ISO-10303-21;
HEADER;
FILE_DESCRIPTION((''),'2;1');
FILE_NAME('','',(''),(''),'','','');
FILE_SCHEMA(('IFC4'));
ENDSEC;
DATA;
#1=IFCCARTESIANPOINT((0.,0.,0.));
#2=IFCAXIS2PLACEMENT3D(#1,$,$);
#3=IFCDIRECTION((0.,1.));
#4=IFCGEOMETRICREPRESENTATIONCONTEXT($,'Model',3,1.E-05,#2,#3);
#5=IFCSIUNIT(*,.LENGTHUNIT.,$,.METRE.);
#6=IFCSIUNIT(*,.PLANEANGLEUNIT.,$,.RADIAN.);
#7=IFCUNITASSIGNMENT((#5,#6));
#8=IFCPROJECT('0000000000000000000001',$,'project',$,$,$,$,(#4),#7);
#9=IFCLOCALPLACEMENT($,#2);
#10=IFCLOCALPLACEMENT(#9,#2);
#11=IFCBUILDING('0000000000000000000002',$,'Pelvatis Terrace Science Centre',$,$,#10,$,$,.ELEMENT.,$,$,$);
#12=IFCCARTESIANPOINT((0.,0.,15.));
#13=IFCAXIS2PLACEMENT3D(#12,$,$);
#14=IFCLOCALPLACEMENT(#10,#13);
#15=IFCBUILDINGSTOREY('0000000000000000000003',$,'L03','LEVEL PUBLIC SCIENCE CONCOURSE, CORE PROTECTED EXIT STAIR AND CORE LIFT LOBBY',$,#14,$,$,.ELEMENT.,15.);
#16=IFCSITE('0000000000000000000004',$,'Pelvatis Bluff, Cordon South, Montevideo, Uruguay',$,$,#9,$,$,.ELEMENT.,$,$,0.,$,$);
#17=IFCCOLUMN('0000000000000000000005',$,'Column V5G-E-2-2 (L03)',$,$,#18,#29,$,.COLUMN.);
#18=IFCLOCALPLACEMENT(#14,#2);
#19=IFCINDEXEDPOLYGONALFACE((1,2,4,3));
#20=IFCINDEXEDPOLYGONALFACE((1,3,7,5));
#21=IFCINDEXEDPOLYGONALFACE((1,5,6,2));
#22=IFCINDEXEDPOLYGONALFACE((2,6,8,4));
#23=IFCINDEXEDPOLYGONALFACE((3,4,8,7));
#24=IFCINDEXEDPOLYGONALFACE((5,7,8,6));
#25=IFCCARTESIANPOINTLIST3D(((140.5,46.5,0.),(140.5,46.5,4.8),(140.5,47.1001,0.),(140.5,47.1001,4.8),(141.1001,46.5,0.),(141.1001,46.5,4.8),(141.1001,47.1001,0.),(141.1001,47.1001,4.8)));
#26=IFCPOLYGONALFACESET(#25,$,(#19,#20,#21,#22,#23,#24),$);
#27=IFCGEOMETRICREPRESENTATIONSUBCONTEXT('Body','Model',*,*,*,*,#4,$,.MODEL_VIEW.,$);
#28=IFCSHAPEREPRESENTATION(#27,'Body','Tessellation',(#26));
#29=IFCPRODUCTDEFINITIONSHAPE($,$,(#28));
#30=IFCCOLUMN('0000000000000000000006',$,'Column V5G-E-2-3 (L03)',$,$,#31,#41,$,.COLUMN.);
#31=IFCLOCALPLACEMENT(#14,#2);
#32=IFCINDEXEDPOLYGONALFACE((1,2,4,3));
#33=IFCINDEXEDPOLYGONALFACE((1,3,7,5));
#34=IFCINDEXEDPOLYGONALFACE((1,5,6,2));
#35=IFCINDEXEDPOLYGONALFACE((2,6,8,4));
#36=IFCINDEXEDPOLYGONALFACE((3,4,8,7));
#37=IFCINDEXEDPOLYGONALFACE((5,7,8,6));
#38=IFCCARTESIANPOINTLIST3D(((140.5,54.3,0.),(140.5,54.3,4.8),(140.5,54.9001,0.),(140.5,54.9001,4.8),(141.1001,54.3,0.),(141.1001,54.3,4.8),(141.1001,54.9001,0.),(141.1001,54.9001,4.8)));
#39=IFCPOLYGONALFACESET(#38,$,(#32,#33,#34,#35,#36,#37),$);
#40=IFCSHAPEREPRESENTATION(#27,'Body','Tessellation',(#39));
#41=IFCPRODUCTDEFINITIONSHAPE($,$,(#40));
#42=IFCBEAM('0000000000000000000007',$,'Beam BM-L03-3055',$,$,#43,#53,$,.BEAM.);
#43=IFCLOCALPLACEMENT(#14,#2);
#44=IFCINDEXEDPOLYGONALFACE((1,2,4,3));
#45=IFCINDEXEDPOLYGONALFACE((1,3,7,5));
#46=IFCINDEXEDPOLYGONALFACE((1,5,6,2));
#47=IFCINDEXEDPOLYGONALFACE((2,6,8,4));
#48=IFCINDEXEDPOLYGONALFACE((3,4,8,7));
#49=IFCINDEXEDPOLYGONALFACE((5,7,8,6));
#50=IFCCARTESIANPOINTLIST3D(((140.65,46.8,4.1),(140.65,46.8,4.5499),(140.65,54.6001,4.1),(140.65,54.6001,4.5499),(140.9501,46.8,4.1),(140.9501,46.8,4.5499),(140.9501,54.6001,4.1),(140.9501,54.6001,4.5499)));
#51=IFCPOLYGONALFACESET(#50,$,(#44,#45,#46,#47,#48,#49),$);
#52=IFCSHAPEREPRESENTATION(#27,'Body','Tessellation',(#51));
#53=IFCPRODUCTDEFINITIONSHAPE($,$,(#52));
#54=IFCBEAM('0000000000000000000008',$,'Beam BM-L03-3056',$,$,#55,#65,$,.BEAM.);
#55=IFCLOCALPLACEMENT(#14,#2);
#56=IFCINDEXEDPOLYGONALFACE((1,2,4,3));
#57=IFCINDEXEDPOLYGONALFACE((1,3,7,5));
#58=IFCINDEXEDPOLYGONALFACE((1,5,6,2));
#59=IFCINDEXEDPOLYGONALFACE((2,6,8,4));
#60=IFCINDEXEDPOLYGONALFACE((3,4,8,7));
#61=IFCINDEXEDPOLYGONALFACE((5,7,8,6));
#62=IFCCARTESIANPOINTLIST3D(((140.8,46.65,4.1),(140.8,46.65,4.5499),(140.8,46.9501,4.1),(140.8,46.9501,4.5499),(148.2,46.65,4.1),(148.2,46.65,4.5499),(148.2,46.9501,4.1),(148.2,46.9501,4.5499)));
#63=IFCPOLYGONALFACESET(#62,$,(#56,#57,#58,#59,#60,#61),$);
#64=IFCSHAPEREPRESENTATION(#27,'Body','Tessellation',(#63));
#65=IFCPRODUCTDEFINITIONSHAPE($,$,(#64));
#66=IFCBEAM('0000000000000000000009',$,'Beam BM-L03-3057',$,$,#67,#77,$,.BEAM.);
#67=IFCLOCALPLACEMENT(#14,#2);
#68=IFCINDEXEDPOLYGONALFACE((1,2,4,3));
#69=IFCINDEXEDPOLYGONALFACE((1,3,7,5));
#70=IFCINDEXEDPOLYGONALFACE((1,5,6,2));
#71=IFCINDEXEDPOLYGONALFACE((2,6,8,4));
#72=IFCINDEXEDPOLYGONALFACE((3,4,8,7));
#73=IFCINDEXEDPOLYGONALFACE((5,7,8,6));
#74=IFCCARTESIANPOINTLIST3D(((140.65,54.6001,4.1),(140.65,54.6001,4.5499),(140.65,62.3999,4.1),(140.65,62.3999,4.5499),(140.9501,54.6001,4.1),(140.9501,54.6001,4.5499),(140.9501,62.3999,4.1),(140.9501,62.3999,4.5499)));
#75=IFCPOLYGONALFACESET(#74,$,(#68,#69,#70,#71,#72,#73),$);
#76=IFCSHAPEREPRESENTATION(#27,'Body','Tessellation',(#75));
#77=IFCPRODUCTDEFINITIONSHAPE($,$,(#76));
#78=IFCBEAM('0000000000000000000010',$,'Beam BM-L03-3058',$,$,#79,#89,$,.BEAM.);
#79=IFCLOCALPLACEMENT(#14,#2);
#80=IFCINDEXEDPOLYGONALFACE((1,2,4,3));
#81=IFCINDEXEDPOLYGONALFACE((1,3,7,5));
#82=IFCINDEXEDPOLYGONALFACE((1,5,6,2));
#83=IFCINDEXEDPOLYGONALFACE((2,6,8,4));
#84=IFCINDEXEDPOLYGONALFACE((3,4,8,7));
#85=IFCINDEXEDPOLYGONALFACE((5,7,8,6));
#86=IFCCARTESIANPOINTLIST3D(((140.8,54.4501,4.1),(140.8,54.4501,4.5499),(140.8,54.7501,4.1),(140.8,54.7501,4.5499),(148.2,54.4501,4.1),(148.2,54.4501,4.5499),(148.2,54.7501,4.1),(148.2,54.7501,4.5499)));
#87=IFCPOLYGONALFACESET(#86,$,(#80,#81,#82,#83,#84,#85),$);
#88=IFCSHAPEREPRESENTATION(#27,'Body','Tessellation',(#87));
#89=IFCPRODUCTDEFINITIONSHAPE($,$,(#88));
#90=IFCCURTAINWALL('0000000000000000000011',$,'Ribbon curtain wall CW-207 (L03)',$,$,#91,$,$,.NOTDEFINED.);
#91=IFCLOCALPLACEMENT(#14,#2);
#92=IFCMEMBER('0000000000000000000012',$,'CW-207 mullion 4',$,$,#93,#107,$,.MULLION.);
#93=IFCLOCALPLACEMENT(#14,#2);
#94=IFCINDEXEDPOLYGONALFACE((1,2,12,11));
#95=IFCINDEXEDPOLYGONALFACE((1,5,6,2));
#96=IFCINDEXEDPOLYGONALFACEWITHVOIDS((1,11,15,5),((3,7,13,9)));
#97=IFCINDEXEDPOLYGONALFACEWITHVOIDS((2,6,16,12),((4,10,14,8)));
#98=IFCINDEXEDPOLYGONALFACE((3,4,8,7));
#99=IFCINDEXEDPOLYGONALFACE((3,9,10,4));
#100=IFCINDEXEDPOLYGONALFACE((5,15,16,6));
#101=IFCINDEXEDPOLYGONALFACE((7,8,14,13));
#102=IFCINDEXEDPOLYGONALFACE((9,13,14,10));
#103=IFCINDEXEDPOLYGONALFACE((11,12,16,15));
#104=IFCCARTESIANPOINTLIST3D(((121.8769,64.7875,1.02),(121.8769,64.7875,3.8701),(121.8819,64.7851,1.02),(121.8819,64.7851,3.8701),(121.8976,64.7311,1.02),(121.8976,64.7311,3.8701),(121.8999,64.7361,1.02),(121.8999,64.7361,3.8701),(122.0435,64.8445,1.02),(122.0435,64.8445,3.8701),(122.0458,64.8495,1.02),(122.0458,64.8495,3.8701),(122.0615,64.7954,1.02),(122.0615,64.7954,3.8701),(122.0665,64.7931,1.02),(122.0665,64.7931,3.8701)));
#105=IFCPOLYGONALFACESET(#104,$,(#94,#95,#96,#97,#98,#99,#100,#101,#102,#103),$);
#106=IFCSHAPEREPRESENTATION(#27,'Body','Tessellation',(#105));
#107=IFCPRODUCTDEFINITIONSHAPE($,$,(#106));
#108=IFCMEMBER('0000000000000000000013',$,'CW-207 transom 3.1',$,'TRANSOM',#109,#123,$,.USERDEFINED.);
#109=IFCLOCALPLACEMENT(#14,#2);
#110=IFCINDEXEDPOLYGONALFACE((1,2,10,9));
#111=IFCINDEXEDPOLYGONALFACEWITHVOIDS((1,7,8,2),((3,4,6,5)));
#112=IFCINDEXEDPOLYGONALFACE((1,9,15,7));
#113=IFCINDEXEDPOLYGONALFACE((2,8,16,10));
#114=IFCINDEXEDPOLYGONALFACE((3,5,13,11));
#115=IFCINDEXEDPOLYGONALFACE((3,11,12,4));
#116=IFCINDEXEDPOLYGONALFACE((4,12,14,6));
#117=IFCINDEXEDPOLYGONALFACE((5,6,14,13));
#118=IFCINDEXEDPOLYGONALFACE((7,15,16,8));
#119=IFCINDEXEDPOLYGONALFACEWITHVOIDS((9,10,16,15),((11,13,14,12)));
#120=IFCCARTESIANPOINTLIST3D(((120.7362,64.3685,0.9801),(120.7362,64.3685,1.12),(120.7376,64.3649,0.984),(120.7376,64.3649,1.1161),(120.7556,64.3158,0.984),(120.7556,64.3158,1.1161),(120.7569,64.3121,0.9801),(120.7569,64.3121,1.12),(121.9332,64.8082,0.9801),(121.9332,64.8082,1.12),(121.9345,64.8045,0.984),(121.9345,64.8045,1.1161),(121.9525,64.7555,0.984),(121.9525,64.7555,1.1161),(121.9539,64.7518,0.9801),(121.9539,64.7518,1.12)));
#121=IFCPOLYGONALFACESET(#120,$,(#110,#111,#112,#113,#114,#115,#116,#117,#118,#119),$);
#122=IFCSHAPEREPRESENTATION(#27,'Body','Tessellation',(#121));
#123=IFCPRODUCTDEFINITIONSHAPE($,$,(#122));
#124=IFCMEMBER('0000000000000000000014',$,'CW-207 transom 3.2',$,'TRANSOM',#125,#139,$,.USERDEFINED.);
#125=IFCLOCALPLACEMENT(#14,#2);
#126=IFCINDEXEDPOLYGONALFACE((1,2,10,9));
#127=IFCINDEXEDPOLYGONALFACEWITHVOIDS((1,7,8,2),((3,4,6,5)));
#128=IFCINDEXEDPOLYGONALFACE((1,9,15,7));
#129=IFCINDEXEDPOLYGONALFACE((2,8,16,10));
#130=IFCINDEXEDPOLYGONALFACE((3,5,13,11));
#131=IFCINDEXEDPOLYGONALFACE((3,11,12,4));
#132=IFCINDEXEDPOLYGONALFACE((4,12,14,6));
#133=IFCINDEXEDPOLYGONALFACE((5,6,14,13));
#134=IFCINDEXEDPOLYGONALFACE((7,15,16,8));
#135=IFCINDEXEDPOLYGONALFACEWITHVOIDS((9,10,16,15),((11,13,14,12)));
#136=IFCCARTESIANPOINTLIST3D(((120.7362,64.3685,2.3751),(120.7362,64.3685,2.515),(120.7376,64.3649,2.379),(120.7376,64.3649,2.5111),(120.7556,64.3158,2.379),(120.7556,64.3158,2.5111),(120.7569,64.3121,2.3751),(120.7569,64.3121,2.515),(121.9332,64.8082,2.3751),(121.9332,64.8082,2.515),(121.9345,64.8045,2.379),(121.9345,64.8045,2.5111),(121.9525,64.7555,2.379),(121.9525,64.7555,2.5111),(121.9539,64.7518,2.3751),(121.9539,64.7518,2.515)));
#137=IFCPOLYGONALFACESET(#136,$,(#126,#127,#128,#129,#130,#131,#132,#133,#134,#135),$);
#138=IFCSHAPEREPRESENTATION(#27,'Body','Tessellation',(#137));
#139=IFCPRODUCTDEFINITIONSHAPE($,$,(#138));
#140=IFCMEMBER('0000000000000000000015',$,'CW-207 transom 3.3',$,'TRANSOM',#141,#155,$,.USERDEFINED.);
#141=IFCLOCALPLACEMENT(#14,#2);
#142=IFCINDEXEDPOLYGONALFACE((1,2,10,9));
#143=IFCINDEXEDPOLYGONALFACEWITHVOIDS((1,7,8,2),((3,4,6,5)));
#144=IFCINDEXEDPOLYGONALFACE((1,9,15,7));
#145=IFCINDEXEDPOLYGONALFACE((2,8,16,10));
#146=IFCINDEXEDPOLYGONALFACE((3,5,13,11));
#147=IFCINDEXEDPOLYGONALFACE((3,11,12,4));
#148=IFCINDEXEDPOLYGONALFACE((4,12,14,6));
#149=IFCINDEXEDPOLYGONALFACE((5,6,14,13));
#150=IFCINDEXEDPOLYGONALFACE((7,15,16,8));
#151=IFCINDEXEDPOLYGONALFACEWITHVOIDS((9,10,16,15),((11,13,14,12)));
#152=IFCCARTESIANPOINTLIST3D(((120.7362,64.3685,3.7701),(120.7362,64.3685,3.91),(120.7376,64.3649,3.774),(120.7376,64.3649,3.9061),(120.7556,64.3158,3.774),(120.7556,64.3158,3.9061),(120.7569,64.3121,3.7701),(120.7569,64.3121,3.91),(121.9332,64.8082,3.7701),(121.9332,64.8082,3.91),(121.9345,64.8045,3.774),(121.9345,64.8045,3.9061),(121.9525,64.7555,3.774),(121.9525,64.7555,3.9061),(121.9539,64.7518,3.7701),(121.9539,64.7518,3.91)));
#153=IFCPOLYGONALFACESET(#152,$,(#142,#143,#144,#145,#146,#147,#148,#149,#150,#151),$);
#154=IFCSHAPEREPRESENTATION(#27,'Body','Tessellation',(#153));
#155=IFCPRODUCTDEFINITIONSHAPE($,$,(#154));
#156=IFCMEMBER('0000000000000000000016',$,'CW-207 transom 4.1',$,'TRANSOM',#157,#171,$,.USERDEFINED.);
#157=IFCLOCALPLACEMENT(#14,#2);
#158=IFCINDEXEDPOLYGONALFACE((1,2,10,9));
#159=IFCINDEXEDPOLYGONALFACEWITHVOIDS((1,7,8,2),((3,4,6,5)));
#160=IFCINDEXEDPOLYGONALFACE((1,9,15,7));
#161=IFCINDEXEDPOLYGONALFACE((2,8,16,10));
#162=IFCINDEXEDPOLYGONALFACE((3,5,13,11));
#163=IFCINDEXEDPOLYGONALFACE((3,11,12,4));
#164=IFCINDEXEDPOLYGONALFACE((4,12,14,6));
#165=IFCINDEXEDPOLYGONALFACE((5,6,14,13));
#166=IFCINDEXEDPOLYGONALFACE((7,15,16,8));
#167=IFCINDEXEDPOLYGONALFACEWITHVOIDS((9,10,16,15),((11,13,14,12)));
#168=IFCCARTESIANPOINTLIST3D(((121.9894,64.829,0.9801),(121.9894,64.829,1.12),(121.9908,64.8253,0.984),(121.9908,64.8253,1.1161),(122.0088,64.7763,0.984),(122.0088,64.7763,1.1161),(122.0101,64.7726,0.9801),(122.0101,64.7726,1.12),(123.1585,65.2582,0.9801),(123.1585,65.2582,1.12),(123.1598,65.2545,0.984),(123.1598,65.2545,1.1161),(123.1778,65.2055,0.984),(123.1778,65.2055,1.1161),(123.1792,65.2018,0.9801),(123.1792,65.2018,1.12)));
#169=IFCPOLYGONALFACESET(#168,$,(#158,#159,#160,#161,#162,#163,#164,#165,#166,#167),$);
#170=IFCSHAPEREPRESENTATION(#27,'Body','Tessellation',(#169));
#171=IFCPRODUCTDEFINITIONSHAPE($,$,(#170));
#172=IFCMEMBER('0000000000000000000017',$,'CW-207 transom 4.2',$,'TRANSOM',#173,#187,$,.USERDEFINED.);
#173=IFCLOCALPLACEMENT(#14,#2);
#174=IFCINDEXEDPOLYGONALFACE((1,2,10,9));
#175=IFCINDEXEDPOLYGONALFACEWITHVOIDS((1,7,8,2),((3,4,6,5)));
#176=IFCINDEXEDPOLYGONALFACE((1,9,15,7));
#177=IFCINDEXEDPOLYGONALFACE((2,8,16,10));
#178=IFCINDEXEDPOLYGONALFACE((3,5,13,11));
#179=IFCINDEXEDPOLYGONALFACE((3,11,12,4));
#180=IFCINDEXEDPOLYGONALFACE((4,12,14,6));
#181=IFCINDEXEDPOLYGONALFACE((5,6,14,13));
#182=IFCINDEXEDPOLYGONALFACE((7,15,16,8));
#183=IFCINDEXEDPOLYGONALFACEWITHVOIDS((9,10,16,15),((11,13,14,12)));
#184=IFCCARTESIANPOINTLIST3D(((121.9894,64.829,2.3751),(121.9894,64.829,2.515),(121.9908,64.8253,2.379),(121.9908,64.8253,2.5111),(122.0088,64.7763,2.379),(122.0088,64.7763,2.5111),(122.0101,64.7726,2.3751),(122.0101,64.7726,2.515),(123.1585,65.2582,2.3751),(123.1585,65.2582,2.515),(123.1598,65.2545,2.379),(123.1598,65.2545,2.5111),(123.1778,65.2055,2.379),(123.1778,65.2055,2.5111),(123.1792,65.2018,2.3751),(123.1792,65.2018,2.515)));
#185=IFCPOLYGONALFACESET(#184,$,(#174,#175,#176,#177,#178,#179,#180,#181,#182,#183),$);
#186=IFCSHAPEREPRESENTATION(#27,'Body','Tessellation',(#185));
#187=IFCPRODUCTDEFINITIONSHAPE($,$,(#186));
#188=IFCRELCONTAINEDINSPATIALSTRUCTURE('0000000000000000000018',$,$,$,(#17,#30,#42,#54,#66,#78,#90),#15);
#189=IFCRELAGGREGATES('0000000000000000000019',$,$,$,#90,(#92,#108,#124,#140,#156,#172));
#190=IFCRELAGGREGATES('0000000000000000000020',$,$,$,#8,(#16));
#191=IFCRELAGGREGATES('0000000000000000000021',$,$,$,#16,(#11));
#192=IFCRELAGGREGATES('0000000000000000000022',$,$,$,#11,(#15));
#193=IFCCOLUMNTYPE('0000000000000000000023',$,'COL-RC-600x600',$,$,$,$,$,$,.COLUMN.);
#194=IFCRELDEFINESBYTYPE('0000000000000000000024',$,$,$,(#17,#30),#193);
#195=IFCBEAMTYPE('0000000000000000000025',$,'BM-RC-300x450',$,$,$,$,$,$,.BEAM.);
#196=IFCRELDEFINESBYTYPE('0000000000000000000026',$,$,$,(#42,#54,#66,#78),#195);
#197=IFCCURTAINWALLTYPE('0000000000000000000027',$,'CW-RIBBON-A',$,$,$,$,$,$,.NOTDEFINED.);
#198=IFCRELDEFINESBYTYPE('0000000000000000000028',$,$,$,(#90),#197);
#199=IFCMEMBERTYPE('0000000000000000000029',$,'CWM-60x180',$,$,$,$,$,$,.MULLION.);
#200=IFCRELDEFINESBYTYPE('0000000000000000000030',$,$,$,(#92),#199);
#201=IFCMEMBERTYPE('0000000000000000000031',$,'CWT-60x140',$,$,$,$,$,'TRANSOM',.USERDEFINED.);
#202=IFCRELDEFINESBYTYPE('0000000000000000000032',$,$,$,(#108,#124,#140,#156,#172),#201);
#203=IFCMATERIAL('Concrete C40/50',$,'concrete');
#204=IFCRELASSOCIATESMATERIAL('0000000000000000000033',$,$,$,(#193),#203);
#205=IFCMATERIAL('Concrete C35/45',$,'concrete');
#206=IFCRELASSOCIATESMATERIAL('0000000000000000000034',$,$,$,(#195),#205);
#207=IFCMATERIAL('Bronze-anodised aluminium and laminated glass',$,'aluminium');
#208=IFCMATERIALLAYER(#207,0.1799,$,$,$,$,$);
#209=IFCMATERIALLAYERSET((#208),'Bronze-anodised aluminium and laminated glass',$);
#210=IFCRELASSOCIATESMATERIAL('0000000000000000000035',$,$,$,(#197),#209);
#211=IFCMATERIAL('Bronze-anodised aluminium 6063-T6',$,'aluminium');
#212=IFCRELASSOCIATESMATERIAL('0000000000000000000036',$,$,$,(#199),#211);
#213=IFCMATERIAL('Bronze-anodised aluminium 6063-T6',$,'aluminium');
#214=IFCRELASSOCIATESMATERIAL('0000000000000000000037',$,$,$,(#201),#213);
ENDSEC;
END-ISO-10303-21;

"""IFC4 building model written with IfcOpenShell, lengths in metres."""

from ifc_helpers import new_model, si_unit, direction, frame, origin, origin_2d, place, context, subcontext, project, spatial, rectangle, hollow_rectangle, extrude, material, layer, layer_set, material_profile, profile_set, type_object, element, aggregate, save


model = new_model("IFC4")

# Units and contexts
model_context = context("Model", 3, precision=1e-05, world=origin(), true_north=direction((0.0, 1.0)))
body_context = subcontext(model_context, "Body", "Model", "MODEL_VIEW")
ifc_project = project(units=[si_unit("LENGTHUNIT", "METRE"), si_unit("PLANEANGLEUNIT", "RADIAN")], contexts=[model_context])

# Site, building, storey
site_placement = place(None, origin())
site = spatial("IfcSite", under=ifc_project, at=site_placement, Name="Pelvatis Bluff, Cordon South, Montevideo, Uruguay", CompositionType="ELEMENT", RefElevation=0.0)
building_placement = place(site_placement, origin())
building = spatial("IfcBuilding", under=site, at=building_placement, Name="Pelvatis Terrace Science Centre", CompositionType="ELEMENT")
storey_placement = place(building_placement, frame((0.0, 0.0, 15.0)))
storey = spatial("IfcBuildingStorey", under=building, at=storey_placement, Name="L03", Description="LEVEL PUBLIC SCIENCE CONCOURSE, CORE PROTECTED EXIT STAIR AND CORE LIFT LOBBY", CompositionType="ELEMENT", Elevation=15.0)

# Columns
ifc_material_1 = material(Name="Concrete C40/50", Category="concrete")
ifc_material_profile_1 = material_profile(ifc_material_1, rectangle(XDim=0.6001, YDim=0.6001, at=origin_2d()), Name="RC-COL 600x600")
ifc_profile_set_1 = profile_set([ifc_material_profile_1], Name="Concrete C40/50")
column_type = type_object("IfcColumnType", Name="COL-RC-600x600", PredefinedType="COLUMN", material=ifc_profile_set_1)
for number, where, z_axis, x_axis, name in (
    (1, (140.8, 46.8, 0.0), (0.0, 0.0, 1.0), (1.0, 0.0, 0.0), "Column V5G-E-2-2 (L03)"),
    (2, (140.8, 54.6001, 0.0), (0.0, 0.0, 1.0), (1.0, 0.0, 0.0), "Column V5G-E-2-3 (L03)"),
):
    element("IfcColumn", number, at=place(storey_placement, frame(where, z_axis=z_axis, x_axis=x_axis)), inside=storey, type_object=column_type, Name=name, PredefinedType="COLUMN", context=body_context, shape_type="SweptSolid", body=[
        extrude(rectangle(XDim=0.6001, YDim=0.6001, at=origin_2d()), origin(), (0.0, 0.0, 1.0), 4.8),
    ])

# Beams
ifc_material_2 = material(Name="Concrete C35/45", Category="concrete")
ifc_material_profile_2 = material_profile(ifc_material_2, rectangle(XDim=0.3, YDim=0.45, at=origin_2d()), Name="RC-BM 300x450")
ifc_profile_set_2 = profile_set([ifc_material_profile_2], Name="Concrete C35/45")
beam_type = type_object("IfcBeamType", Name="BM-RC-300x450", PredefinedType="BEAM", material=ifc_profile_set_2)
beam_1_placement = place(storey_placement, frame((140.8, 46.8, 4.325), z_axis=(0.0, 1.0, 0.0), x_axis=(-1.0, 0.0, 0.0)))
element("IfcBeam", 3, at=beam_1_placement, inside=storey, type_object=beam_type, Name="Beam BM-L03-3055", PredefinedType="BEAM", context=body_context, shape_type="SweptSolid", body=[
    extrude(rectangle(XDim=0.3, YDim=0.45, at=origin_2d()), origin(), (0.0, 0.0, 1.0), 7.8),
])
beam_2_placement = place(storey_placement, frame((140.8, 46.8, 4.325), z_axis=(1.0, 0.0, 0.0), x_axis=(0.0, 1.0, 0.0)))
element("IfcBeam", 4, at=beam_2_placement, inside=storey, type_object=beam_type, Name="Beam BM-L03-3056", PredefinedType="BEAM", context=body_context, shape_type="SweptSolid", body=[
    extrude(rectangle(XDim=0.3, YDim=0.45, at=origin_2d()), origin(), (0.0, 0.0, 1.0), 7.3999),
])
beam_3_placement = place(storey_placement, frame((140.8, 54.6001, 4.325), z_axis=(0.0, 1.0, 0.0), x_axis=(-1.0, 0.0, 0.0)))
element("IfcBeam", 5, at=beam_3_placement, inside=storey, type_object=beam_type, Name="Beam BM-L03-3057", PredefinedType="BEAM", context=body_context, shape_type="SweptSolid", body=[
    extrude(rectangle(XDim=0.3, YDim=0.45, at=origin_2d()), origin(), (0.0, 0.0, 1.0), 7.7998),
])
beam_4_placement = place(storey_placement, frame((140.8, 54.6001, 4.325), z_axis=(1.0, 0.0, 0.0), x_axis=(0.0, 1.0, 0.0)))
element("IfcBeam", 6, at=beam_4_placement, inside=storey, type_object=beam_type, Name="Beam BM-L03-3058", PredefinedType="BEAM", context=body_context, shape_type="SweptSolid", body=[
    extrude(rectangle(XDim=0.3, YDim=0.45, at=origin_2d()), origin(), (0.0, 0.0, 1.0), 7.3999),
])

# Curtain wall, members
ifc_material_3 = material(Name="Bronze-anodised aluminium and laminated glass", Category="aluminium")
ifc_layer_1 = layer(ifc_material_3, 0.1799)
ifc_layer_set_1 = layer_set([ifc_layer_1], Name="Bronze-anodised aluminium and laminated glass")
curtain_wall_type = type_object("IfcCurtainWallType", Name="CW-RIBBON-A", PredefinedType="NOTDEFINED", material=ifc_layer_set_1)
curtain_wall_placement = place(storey_placement, origin())
curtain_wall = element("IfcCurtainWall", 7, at=curtain_wall_placement, inside=storey, type_object=curtain_wall_type, Name="Ribbon curtain wall CW-207 (L03)", PredefinedType="NOTDEFINED")
ifc_material_4 = material(Name="Bronze-anodised aluminium 6063-T6", Category="aluminium")
ifc_material_profile_3 = material_profile(ifc_material_4, hollow_rectangle(XDim=0.0601, YDim=0.1799, WallThickness=0.0039, at=origin_2d()), Name="ALU-MUL 60x180")
ifc_profile_set_3 = profile_set([ifc_material_profile_3], Name="Bronze-anodised aluminium 6063-T6")
member_type_1 = type_object("IfcMemberType", Name="CWM-60x180", PredefinedType="MULLION", material=ifc_profile_set_3)
member_1_placement = place(storey_placement, frame((121.9717, 64.7903, 1.02), z_axis=(0.0, 0.0, 1.0), x_axis=(-0.344715, 0.938707, 0.0)))
member_1 = element("IfcMember", 8, at=member_1_placement, type_object=member_type_1, Name="CW-207 mullion 4", PredefinedType="MULLION", context=body_context, shape_type="SweptSolid", body=[
    extrude(hollow_rectangle(XDim=0.0601, YDim=0.1799, WallThickness=0.0039, at=origin_2d()), origin(), (0.0, 0.0, 1.0), 2.8501),
])
ifc_material_5 = material(Name="Bronze-anodised aluminium 6063-T6", Category="aluminium")
ifc_material_profile_4 = material_profile(ifc_material_5, hollow_rectangle(XDim=0.0601, YDim=0.1399, WallThickness=0.0039, at=origin_2d()), Name="ALU-TRN 60x140")
ifc_profile_set_4 = profile_set([ifc_material_profile_4], Name="Bronze-anodised aluminium 6063-T6")
member_type_2 = type_object("IfcMemberType", Name="CWT-60x140", ElementType="TRANSOM", PredefinedType="USERDEFINED", material=ifc_profile_set_4)
member_2_placement = place(storey_placement, frame((120.7466, 64.3403, 1.05), z_axis=(0.938676, 0.3448, 0.0), x_axis=(-0.3448, 0.938676, 0.0)))
member_2 = element("IfcMember", 9, at=member_2_placement, type_object=member_type_2, Name="CW-207 transom 3.1", ObjectType="TRANSOM", PredefinedType="USERDEFINED", context=body_context, shape_type="SweptSolid", body=[
    extrude(hollow_rectangle(XDim=0.0601, YDim=0.1399, WallThickness=0.0039, at=origin_2d()), origin(), (0.0, 0.0, 1.0), 1.2751),
])
member_3_placement = place(storey_placement, frame((120.7466, 64.3403, 2.4451), z_axis=(0.938676, 0.3448, 0.0), x_axis=(-0.3448, 0.938676, 0.0)))
member_3 = element("IfcMember", 10, at=member_3_placement, type_object=member_type_2, Name="CW-207 transom 3.2", ObjectType="TRANSOM", PredefinedType="USERDEFINED", context=body_context, shape_type="SweptSolid", body=[
    extrude(hollow_rectangle(XDim=0.0601, YDim=0.1399, WallThickness=0.0039, at=origin_2d()), origin(), (0.0, 0.0, 1.0), 1.2751),
])
member_4_placement = place(storey_placement, frame((120.7466, 64.3403, 3.8401), z_axis=(0.938676, 0.3448, 0.0), x_axis=(-0.3448, 0.938676, 0.0)))
member_4 = element("IfcMember", 11, at=member_4_placement, type_object=member_type_2, Name="CW-207 transom 3.3", ObjectType="TRANSOM", PredefinedType="USERDEFINED", context=body_context, shape_type="SweptSolid", body=[
    extrude(hollow_rectangle(XDim=0.0601, YDim=0.1399, WallThickness=0.0039, at=origin_2d()), origin(), (0.0, 0.0, 1.0), 1.2751),
])
member_5_placement = place(storey_placement, frame((121.9998, 64.8008, 1.05), z_axis=(0.938724, 0.344669, 0.0), x_axis=(-0.344669, 0.938724, 0.0)))
member_5 = element("IfcMember", 12, at=member_5_placement, type_object=member_type_2, Name="CW-207 transom 4.1", ObjectType="TRANSOM", PredefinedType="USERDEFINED", context=body_context, shape_type="SweptSolid", body=[
    extrude(hollow_rectangle(XDim=0.0601, YDim=0.1399, WallThickness=0.0039, at=origin_2d()), origin(), (0.0, 0.0, 1.0), 1.2454),
])
member_6_placement = place(storey_placement, frame((121.9998, 64.8008, 2.4451), z_axis=(0.938724, 0.344669, 0.0), x_axis=(-0.344669, 0.938724, 0.0)))
member_6 = element("IfcMember", 13, at=member_6_placement, type_object=member_type_2, Name="CW-207 transom 4.2", ObjectType="TRANSOM", PredefinedType="USERDEFINED", context=body_context, shape_type="SweptSolid", body=[
    extrude(hollow_rectangle(XDim=0.0601, YDim=0.1399, WallThickness=0.0039, at=origin_2d()), origin(), (0.0, 0.0, 1.0), 1.2454),
])
aggregate(curtain_wall, [member_1, member_2, member_3, member_4, member_5, member_6])

save(model, "model.ifc")
